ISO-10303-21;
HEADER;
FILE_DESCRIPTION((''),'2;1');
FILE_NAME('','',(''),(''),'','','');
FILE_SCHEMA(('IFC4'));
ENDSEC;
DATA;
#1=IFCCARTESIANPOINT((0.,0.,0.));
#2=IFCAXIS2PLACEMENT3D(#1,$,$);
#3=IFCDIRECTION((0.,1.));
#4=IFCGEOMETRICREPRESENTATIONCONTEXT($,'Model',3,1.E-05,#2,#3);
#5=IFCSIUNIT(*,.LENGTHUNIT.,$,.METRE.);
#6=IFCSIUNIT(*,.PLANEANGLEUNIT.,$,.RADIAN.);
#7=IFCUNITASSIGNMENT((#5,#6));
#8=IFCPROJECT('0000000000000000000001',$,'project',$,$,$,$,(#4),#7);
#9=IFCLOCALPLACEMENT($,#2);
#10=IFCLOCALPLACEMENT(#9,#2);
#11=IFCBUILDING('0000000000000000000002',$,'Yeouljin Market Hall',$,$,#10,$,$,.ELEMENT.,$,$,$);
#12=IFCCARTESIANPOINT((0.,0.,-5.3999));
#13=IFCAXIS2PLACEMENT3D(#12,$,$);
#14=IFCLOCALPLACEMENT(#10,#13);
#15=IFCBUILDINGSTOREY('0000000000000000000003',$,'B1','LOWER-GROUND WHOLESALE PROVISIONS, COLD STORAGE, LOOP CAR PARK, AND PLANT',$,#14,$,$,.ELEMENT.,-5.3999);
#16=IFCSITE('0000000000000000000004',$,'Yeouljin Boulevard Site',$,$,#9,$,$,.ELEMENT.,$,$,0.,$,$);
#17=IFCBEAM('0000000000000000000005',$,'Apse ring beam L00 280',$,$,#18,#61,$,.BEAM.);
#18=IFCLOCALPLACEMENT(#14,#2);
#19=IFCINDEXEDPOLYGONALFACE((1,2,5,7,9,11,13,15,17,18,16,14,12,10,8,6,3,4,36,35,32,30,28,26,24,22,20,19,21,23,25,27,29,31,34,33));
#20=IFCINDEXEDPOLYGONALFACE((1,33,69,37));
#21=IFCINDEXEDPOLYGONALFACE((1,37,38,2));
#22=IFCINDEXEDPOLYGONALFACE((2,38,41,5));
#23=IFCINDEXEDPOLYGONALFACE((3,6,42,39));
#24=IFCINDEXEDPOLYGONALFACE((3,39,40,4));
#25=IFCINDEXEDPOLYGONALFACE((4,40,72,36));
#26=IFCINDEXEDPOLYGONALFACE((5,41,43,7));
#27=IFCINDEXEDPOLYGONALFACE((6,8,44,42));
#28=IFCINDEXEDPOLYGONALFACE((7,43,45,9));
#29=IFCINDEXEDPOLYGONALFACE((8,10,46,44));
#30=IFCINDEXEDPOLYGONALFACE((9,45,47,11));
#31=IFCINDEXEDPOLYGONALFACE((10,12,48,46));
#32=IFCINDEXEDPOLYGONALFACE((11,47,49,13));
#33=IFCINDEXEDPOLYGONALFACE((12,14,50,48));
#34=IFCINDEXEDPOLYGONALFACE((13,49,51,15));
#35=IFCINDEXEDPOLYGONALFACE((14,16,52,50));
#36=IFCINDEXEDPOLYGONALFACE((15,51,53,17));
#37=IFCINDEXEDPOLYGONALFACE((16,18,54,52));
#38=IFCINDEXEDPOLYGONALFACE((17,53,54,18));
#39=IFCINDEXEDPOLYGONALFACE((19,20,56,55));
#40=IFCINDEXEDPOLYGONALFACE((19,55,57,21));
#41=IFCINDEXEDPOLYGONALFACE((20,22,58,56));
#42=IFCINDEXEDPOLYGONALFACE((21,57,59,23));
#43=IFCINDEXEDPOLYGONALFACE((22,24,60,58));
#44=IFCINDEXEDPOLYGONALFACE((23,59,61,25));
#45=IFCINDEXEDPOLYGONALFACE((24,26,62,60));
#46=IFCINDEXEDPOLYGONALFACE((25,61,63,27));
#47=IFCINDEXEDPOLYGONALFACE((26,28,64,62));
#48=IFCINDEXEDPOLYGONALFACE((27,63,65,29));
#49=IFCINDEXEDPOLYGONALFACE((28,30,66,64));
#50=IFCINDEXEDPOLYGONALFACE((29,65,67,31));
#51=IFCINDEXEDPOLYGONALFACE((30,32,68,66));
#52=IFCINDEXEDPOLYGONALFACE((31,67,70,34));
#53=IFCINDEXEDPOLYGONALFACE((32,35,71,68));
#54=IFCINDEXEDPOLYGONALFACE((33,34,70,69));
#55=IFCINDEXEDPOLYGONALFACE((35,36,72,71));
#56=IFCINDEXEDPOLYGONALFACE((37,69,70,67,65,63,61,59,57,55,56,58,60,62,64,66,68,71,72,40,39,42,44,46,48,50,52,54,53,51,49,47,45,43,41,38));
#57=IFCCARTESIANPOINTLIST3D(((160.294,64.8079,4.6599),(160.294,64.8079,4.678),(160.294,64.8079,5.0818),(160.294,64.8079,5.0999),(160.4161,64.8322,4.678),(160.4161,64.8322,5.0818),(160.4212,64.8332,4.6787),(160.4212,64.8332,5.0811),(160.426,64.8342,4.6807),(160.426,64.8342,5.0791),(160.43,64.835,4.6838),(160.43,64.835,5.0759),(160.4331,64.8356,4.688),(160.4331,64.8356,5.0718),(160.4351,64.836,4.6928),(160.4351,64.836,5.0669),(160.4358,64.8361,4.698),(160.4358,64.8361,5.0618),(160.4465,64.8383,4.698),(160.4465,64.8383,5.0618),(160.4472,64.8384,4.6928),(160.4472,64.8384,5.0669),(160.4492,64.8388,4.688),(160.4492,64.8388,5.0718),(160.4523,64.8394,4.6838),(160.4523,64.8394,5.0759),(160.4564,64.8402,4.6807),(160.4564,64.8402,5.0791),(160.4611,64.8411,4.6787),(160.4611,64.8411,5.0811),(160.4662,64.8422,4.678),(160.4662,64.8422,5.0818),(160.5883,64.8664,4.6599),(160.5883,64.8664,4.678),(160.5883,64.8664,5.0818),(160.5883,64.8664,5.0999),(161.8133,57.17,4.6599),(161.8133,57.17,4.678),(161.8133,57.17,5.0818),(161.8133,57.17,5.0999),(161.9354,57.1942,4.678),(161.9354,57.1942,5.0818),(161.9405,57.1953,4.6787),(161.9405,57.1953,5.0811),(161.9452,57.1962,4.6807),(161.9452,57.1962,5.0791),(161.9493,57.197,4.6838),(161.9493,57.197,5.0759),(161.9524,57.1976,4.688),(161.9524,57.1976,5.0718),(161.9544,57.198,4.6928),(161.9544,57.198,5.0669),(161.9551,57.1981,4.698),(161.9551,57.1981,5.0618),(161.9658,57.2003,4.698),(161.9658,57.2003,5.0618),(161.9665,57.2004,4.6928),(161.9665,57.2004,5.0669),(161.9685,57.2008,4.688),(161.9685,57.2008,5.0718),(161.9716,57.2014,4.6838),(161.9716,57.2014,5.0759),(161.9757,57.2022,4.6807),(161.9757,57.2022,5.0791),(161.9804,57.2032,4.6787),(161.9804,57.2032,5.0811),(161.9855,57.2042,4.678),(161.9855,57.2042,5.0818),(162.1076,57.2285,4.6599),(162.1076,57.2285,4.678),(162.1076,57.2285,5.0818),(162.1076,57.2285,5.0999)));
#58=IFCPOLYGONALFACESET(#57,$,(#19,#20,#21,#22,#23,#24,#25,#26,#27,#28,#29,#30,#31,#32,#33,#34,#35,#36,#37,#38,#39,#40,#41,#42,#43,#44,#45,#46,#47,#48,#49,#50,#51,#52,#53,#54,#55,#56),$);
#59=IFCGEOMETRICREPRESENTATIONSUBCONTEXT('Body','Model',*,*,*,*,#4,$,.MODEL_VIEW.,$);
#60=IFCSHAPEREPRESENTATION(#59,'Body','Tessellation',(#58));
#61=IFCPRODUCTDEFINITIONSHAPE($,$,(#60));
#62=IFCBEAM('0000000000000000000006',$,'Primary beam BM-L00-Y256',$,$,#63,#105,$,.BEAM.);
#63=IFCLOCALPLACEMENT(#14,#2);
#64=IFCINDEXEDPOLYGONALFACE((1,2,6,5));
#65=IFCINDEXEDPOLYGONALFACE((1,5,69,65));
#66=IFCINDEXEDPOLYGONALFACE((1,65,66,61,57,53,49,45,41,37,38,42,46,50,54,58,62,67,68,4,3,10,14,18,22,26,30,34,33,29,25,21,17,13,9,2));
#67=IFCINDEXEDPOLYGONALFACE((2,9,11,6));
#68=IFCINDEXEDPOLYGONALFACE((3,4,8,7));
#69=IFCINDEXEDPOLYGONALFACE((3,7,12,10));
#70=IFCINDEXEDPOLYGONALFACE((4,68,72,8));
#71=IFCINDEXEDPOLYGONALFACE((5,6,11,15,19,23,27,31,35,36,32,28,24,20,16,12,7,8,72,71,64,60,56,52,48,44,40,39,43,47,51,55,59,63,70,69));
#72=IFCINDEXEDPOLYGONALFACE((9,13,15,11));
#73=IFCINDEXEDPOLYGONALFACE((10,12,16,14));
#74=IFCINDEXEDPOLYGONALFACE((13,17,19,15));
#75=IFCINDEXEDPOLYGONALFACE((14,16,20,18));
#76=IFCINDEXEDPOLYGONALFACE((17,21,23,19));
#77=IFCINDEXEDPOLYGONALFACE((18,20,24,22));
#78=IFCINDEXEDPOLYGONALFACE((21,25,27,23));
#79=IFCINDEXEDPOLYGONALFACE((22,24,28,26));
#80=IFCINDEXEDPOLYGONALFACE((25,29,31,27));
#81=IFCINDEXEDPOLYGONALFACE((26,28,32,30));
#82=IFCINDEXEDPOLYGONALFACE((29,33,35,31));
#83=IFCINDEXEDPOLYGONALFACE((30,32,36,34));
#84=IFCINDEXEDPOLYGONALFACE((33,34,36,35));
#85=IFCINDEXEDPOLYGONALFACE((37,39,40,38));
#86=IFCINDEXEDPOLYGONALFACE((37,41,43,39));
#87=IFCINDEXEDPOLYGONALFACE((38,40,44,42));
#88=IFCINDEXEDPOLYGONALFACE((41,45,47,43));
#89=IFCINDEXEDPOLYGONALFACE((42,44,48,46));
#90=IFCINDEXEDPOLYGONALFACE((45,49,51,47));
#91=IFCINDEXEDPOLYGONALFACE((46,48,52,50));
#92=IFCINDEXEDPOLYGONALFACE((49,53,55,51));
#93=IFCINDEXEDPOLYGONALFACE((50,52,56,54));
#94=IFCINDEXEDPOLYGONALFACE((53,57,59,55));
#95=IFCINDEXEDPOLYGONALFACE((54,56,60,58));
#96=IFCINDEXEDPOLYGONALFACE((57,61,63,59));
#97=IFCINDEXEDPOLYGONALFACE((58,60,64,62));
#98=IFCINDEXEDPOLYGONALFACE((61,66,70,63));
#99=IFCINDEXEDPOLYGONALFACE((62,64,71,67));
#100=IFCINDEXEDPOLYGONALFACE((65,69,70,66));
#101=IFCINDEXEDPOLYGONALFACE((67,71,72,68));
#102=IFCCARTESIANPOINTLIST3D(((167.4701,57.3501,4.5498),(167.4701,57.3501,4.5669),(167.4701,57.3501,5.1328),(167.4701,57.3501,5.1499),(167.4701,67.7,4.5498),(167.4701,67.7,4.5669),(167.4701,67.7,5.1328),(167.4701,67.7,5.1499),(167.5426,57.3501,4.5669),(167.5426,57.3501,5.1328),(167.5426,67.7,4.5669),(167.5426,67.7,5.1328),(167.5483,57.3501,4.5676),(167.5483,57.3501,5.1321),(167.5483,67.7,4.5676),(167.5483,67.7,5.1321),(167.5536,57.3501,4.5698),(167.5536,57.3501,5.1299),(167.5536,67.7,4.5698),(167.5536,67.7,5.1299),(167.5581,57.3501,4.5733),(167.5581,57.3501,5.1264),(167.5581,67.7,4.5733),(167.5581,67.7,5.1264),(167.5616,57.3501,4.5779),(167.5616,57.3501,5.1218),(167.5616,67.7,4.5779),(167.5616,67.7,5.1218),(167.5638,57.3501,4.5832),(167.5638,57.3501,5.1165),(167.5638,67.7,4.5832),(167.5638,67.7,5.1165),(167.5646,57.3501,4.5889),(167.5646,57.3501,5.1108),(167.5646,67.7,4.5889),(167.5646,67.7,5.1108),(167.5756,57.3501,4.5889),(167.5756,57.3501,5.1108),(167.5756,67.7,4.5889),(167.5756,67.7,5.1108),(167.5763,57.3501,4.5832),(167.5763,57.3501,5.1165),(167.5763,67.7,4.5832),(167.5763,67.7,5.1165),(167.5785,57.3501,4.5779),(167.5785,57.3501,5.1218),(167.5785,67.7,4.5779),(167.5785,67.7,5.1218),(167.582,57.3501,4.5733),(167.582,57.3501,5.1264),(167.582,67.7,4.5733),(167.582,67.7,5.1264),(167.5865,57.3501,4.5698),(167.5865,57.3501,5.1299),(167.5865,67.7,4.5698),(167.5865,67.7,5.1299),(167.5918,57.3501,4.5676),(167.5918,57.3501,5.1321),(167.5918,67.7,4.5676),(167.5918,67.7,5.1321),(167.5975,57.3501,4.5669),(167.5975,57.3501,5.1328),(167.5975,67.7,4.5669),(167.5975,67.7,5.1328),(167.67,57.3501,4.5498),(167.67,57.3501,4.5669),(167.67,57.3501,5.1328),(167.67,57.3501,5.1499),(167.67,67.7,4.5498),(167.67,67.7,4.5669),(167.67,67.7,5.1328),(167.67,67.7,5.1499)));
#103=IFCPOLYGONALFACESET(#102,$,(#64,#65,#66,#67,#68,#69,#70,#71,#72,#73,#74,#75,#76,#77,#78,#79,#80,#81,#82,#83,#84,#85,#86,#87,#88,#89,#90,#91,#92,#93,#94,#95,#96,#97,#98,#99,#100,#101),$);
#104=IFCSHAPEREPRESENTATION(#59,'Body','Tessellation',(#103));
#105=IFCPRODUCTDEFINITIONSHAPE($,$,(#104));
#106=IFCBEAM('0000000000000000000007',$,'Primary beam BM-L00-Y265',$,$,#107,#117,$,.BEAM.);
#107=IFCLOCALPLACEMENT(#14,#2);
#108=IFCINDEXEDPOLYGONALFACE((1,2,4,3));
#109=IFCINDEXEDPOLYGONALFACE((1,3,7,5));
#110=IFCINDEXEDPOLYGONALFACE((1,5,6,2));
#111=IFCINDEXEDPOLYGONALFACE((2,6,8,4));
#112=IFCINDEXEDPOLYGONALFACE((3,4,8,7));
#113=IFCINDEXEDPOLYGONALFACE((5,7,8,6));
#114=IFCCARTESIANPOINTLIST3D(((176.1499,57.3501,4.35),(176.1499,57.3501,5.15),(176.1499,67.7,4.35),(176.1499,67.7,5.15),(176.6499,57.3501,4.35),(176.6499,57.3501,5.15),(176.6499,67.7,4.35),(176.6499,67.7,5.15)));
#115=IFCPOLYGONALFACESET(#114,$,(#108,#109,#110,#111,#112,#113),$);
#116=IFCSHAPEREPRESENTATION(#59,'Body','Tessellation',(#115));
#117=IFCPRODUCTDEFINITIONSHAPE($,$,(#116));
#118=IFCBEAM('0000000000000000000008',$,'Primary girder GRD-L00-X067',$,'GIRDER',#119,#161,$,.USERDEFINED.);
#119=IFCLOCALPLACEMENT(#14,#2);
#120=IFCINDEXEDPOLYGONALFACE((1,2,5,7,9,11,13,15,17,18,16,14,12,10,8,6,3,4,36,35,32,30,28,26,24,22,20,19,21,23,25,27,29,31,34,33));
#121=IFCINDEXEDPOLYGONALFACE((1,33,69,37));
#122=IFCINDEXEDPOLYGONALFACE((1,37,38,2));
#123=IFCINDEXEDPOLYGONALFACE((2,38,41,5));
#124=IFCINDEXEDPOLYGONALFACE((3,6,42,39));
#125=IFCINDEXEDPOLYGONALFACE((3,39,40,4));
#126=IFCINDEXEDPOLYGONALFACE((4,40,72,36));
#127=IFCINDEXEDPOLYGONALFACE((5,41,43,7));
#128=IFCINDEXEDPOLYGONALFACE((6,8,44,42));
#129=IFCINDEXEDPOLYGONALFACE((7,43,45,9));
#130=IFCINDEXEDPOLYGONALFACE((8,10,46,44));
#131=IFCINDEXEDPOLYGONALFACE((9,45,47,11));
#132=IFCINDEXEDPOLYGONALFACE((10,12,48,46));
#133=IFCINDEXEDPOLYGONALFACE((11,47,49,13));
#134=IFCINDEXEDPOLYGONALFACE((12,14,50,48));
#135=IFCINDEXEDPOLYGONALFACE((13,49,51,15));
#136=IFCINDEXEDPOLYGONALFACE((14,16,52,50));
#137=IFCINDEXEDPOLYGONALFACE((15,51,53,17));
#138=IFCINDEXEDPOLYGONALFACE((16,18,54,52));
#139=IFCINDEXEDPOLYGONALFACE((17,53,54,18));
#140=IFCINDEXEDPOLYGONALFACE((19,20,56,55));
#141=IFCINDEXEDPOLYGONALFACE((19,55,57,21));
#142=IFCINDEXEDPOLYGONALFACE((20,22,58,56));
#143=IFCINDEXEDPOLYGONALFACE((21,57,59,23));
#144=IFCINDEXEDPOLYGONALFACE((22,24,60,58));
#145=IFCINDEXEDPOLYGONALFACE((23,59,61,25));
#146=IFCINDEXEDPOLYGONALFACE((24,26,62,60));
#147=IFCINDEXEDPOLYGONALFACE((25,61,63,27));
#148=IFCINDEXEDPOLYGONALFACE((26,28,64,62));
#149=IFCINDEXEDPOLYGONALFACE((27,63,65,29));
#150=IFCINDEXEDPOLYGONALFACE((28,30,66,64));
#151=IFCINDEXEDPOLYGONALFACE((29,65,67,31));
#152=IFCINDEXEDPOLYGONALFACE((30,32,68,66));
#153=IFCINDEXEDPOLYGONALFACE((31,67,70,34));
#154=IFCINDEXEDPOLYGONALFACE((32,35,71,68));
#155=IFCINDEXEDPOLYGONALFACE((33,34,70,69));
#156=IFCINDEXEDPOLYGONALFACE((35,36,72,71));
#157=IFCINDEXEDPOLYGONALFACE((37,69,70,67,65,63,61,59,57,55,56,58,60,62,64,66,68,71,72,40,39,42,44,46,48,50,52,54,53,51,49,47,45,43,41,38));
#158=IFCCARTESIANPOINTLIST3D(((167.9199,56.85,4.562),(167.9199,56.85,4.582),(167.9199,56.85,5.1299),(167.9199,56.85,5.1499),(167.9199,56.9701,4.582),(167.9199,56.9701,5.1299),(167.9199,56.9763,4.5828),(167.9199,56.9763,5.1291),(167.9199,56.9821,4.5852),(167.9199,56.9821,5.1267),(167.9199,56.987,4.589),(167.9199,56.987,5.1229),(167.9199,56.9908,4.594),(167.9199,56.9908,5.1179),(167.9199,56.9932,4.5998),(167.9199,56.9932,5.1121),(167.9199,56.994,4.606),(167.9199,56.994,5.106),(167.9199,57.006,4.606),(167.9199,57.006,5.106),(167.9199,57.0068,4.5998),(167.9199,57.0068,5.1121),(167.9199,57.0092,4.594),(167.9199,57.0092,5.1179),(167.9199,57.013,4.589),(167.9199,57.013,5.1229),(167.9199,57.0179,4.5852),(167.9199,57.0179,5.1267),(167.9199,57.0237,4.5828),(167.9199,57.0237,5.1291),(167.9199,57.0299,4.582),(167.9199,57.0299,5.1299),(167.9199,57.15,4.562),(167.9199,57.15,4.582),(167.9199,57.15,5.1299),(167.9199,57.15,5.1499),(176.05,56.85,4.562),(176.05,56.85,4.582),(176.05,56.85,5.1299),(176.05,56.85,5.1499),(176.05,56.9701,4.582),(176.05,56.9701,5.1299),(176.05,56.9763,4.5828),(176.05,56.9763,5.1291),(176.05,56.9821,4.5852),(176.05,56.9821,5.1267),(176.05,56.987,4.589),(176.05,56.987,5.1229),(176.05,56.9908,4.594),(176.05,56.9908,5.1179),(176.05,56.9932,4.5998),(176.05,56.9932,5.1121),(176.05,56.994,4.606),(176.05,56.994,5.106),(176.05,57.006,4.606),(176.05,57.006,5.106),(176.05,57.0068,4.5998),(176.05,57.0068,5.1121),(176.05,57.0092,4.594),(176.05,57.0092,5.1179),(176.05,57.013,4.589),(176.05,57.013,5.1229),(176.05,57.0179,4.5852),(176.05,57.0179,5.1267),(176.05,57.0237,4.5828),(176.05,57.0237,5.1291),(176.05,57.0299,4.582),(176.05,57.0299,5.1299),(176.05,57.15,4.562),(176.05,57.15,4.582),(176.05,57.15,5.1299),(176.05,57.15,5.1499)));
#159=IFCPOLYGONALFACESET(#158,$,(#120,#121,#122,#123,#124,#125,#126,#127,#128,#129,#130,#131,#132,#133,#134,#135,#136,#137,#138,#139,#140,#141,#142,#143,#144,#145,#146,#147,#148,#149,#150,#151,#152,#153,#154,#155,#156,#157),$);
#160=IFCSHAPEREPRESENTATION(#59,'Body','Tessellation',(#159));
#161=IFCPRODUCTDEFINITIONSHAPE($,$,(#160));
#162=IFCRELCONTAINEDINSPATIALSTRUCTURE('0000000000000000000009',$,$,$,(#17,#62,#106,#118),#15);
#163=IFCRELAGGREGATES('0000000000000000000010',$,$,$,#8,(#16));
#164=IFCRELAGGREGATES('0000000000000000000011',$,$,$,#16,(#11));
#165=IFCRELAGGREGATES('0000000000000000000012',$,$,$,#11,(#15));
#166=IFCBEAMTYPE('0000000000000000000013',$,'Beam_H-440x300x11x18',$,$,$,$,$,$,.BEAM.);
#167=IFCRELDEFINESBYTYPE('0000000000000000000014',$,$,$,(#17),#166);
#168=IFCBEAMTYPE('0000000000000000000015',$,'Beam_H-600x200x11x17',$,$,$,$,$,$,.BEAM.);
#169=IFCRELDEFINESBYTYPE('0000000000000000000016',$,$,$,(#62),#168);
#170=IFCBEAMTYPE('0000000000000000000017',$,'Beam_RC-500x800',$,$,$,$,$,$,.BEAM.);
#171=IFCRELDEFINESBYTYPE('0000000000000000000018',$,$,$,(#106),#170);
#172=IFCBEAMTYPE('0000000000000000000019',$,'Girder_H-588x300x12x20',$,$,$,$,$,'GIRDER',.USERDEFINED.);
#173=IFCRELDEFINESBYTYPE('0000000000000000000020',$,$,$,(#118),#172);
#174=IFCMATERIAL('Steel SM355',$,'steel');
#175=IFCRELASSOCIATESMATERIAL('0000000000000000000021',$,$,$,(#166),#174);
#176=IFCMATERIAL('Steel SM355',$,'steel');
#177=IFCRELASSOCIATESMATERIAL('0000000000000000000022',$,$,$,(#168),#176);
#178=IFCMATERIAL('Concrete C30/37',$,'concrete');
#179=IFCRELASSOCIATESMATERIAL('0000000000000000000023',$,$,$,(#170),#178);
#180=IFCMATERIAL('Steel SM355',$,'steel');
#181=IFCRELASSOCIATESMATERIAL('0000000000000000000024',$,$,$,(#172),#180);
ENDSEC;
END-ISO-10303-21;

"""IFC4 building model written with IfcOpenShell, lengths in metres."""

from ifc_helpers import new_model, si_unit, direction, frame, origin, origin_2d, place, context, subcontext, project, spatial, rectangle, i_section, extrude, material, material_profile, profile_set, type_object, element, save


model = new_model("IFC4")

# Units and contexts
model_context = context("Model", 3, precision=1e-05, world=origin(), true_north=direction((0.0, 1.0)))
body_context = subcontext(model_context, "Body", "Model", "MODEL_VIEW")
ifc_project = project(units=[si_unit("LENGTHUNIT", "METRE"), si_unit("PLANEANGLEUNIT", "RADIAN")], contexts=[model_context])

# Site, building, storey
site_placement = place(None, origin())
site = spatial("IfcSite", under=ifc_project, at=site_placement, Name="Yeouljin Boulevard Site", CompositionType="ELEMENT", RefElevation=0.0)
building_placement = place(site_placement, origin())
building = spatial("IfcBuilding", under=site, at=building_placement, Name="Yeouljin Market Hall", CompositionType="ELEMENT")
storey_placement = place(building_placement, frame((0.0, 0.0, -5.3999)))
storey = spatial("IfcBuildingStorey", under=building, at=storey_placement, Name="B1", Description="LOWER-GROUND WHOLESALE PROVISIONS, COLD STORAGE, LOOP CAR PARK, AND PLANT", CompositionType="ELEMENT", Elevation=-5.3999)

# Beams
ifc_material_1 = material(Name="Steel SM355", Category="steel")
ifc_material_profile_1 = material_profile(ifc_material_1, i_section(OverallWidth=0.3, OverallDepth=0.4399, WebThickness=0.011, FlangeThickness=0.0181, FilletRadius=0.02, at=origin_2d()), Name="H-440x300x11x18")
ifc_profile_set_1 = profile_set([ifc_material_profile_1], Name="Steel SM355")
beam_type_1 = type_object("IfcBeamType", Name="Beam_H-440x300x11x18", PredefinedType="BEAM", material=ifc_profile_set_1)
for number, where, z_axis, x_axis, name in (
    (1, (161.9604, 57.1992, 4.8799), (-0.195091, 0.980785, 0.0), (-0.980785, -0.195091, 0.0), "Apse ring beam L00 280"),
):
    element("IfcBeam", number, at=place(storey_placement, frame(where, z_axis=z_axis, x_axis=x_axis)), inside=storey, type_object=beam_type_1, Name=name, PredefinedType="BEAM", context=body_context, shape_type="SweptSolid", body=[
        extrude(i_section(OverallWidth=0.3, OverallDepth=0.4399, WebThickness=0.011, FlangeThickness=0.0181, FilletRadius=0.02, at=origin_2d()), origin(), (0.0, 0.0, 1.0), 7.7876),
    ])
ifc_material_2 = material(Name="Steel SM355", Category="steel")
ifc_material_profile_2 = material_profile(ifc_material_2, i_section(OverallWidth=0.2, OverallDepth=0.6001, WebThickness=0.011, FlangeThickness=0.0171, FilletRadius=0.022, at=origin_2d()), Name="H-600x200x11x17")
ifc_profile_set_2 = profile_set([ifc_material_profile_2], Name="Steel SM355")
beam_type_2 = type_object("IfcBeamType", Name="Beam_H-600x200x11x17", PredefinedType="BEAM", material=ifc_profile_set_2)
beam_1_placement = place(storey_placement, frame((167.5701, 57.3501, 4.8499), z_axis=(0.0, 1.0, 0.0), x_axis=(-1.0, 0.0, 0.0)))
element("IfcBeam", 2, at=beam_1_placement, inside=storey, type_object=beam_type_2, Name="Primary beam BM-L00-Y256", PredefinedType="BEAM", context=body_context, shape_type="SweptSolid", body=[
    extrude(i_section(OverallWidth=0.2, OverallDepth=0.6001, WebThickness=0.011, FlangeThickness=0.0171, FilletRadius=0.022, at=origin_2d()), origin(), (0.0, 0.0, 1.0), 10.3499),
])
ifc_material_3 = material(Name="Concrete C30/37", Category="concrete")
ifc_material_profile_3 = material_profile(ifc_material_3, rectangle(XDim=0.5, YDim=0.8, at=origin_2d()), Name="RC-500x800")
ifc_profile_set_3 = profile_set([ifc_material_profile_3], Name="Concrete C30/37")
beam_type_3 = type_object("IfcBeamType", Name="Beam_RC-500x800", PredefinedType="BEAM", material=ifc_profile_set_3)
beam_2_placement = place(storey_placement, frame((176.3999, 57.3501, 4.75), z_axis=(0.0, 1.0, 0.0), x_axis=(-1.0, 0.0, 0.0)))
element("IfcBeam", 3, at=beam_2_placement, inside=storey, type_object=beam_type_3, Name="Primary beam BM-L00-Y265", PredefinedType="BEAM", context=body_context, shape_type="SweptSolid", body=[
    extrude(rectangle(XDim=0.5, YDim=0.8, at=origin_2d()), origin(), (0.0, 0.0, 1.0), 10.3499),
])
ifc_material_4 = material(Name="Steel SM355", Category="steel")
ifc_material_profile_4 = material_profile(ifc_material_4, i_section(OverallWidth=0.3, OverallDepth=0.5879, WebThickness=0.012, FlangeThickness=0.02, FilletRadius=0.0239, at=origin_2d()), Name="H-588x300x12x20")
ifc_profile_set_4 = profile_set([ifc_material_profile_4], Name="Steel SM355")
beam_type_4 = type_object("IfcBeamType", Name="Girder_H-588x300x12x20", ElementType="GIRDER", PredefinedType="USERDEFINED", material=ifc_profile_set_4)
beam_3_placement = place(storey_placement, frame((167.9199, 57.0, 4.856), z_axis=(1.0, 0.0, 0.0), x_axis=(0.0, 1.0, 0.0)))
element("IfcBeam", 4, at=beam_3_placement, inside=storey, type_object=beam_type_4, Name="Primary girder GRD-L00-X067", ObjectType="GIRDER", PredefinedType="USERDEFINED", context=body_context, shape_type="SweptSolid", body=[
    extrude(i_section(OverallWidth=0.3, OverallDepth=0.5879, WebThickness=0.012, FlangeThickness=0.02, FilletRadius=0.0239, at=origin_2d()), origin(), (0.0, 0.0, 1.0), 8.1301),
])

save(model, "model.ifc")
